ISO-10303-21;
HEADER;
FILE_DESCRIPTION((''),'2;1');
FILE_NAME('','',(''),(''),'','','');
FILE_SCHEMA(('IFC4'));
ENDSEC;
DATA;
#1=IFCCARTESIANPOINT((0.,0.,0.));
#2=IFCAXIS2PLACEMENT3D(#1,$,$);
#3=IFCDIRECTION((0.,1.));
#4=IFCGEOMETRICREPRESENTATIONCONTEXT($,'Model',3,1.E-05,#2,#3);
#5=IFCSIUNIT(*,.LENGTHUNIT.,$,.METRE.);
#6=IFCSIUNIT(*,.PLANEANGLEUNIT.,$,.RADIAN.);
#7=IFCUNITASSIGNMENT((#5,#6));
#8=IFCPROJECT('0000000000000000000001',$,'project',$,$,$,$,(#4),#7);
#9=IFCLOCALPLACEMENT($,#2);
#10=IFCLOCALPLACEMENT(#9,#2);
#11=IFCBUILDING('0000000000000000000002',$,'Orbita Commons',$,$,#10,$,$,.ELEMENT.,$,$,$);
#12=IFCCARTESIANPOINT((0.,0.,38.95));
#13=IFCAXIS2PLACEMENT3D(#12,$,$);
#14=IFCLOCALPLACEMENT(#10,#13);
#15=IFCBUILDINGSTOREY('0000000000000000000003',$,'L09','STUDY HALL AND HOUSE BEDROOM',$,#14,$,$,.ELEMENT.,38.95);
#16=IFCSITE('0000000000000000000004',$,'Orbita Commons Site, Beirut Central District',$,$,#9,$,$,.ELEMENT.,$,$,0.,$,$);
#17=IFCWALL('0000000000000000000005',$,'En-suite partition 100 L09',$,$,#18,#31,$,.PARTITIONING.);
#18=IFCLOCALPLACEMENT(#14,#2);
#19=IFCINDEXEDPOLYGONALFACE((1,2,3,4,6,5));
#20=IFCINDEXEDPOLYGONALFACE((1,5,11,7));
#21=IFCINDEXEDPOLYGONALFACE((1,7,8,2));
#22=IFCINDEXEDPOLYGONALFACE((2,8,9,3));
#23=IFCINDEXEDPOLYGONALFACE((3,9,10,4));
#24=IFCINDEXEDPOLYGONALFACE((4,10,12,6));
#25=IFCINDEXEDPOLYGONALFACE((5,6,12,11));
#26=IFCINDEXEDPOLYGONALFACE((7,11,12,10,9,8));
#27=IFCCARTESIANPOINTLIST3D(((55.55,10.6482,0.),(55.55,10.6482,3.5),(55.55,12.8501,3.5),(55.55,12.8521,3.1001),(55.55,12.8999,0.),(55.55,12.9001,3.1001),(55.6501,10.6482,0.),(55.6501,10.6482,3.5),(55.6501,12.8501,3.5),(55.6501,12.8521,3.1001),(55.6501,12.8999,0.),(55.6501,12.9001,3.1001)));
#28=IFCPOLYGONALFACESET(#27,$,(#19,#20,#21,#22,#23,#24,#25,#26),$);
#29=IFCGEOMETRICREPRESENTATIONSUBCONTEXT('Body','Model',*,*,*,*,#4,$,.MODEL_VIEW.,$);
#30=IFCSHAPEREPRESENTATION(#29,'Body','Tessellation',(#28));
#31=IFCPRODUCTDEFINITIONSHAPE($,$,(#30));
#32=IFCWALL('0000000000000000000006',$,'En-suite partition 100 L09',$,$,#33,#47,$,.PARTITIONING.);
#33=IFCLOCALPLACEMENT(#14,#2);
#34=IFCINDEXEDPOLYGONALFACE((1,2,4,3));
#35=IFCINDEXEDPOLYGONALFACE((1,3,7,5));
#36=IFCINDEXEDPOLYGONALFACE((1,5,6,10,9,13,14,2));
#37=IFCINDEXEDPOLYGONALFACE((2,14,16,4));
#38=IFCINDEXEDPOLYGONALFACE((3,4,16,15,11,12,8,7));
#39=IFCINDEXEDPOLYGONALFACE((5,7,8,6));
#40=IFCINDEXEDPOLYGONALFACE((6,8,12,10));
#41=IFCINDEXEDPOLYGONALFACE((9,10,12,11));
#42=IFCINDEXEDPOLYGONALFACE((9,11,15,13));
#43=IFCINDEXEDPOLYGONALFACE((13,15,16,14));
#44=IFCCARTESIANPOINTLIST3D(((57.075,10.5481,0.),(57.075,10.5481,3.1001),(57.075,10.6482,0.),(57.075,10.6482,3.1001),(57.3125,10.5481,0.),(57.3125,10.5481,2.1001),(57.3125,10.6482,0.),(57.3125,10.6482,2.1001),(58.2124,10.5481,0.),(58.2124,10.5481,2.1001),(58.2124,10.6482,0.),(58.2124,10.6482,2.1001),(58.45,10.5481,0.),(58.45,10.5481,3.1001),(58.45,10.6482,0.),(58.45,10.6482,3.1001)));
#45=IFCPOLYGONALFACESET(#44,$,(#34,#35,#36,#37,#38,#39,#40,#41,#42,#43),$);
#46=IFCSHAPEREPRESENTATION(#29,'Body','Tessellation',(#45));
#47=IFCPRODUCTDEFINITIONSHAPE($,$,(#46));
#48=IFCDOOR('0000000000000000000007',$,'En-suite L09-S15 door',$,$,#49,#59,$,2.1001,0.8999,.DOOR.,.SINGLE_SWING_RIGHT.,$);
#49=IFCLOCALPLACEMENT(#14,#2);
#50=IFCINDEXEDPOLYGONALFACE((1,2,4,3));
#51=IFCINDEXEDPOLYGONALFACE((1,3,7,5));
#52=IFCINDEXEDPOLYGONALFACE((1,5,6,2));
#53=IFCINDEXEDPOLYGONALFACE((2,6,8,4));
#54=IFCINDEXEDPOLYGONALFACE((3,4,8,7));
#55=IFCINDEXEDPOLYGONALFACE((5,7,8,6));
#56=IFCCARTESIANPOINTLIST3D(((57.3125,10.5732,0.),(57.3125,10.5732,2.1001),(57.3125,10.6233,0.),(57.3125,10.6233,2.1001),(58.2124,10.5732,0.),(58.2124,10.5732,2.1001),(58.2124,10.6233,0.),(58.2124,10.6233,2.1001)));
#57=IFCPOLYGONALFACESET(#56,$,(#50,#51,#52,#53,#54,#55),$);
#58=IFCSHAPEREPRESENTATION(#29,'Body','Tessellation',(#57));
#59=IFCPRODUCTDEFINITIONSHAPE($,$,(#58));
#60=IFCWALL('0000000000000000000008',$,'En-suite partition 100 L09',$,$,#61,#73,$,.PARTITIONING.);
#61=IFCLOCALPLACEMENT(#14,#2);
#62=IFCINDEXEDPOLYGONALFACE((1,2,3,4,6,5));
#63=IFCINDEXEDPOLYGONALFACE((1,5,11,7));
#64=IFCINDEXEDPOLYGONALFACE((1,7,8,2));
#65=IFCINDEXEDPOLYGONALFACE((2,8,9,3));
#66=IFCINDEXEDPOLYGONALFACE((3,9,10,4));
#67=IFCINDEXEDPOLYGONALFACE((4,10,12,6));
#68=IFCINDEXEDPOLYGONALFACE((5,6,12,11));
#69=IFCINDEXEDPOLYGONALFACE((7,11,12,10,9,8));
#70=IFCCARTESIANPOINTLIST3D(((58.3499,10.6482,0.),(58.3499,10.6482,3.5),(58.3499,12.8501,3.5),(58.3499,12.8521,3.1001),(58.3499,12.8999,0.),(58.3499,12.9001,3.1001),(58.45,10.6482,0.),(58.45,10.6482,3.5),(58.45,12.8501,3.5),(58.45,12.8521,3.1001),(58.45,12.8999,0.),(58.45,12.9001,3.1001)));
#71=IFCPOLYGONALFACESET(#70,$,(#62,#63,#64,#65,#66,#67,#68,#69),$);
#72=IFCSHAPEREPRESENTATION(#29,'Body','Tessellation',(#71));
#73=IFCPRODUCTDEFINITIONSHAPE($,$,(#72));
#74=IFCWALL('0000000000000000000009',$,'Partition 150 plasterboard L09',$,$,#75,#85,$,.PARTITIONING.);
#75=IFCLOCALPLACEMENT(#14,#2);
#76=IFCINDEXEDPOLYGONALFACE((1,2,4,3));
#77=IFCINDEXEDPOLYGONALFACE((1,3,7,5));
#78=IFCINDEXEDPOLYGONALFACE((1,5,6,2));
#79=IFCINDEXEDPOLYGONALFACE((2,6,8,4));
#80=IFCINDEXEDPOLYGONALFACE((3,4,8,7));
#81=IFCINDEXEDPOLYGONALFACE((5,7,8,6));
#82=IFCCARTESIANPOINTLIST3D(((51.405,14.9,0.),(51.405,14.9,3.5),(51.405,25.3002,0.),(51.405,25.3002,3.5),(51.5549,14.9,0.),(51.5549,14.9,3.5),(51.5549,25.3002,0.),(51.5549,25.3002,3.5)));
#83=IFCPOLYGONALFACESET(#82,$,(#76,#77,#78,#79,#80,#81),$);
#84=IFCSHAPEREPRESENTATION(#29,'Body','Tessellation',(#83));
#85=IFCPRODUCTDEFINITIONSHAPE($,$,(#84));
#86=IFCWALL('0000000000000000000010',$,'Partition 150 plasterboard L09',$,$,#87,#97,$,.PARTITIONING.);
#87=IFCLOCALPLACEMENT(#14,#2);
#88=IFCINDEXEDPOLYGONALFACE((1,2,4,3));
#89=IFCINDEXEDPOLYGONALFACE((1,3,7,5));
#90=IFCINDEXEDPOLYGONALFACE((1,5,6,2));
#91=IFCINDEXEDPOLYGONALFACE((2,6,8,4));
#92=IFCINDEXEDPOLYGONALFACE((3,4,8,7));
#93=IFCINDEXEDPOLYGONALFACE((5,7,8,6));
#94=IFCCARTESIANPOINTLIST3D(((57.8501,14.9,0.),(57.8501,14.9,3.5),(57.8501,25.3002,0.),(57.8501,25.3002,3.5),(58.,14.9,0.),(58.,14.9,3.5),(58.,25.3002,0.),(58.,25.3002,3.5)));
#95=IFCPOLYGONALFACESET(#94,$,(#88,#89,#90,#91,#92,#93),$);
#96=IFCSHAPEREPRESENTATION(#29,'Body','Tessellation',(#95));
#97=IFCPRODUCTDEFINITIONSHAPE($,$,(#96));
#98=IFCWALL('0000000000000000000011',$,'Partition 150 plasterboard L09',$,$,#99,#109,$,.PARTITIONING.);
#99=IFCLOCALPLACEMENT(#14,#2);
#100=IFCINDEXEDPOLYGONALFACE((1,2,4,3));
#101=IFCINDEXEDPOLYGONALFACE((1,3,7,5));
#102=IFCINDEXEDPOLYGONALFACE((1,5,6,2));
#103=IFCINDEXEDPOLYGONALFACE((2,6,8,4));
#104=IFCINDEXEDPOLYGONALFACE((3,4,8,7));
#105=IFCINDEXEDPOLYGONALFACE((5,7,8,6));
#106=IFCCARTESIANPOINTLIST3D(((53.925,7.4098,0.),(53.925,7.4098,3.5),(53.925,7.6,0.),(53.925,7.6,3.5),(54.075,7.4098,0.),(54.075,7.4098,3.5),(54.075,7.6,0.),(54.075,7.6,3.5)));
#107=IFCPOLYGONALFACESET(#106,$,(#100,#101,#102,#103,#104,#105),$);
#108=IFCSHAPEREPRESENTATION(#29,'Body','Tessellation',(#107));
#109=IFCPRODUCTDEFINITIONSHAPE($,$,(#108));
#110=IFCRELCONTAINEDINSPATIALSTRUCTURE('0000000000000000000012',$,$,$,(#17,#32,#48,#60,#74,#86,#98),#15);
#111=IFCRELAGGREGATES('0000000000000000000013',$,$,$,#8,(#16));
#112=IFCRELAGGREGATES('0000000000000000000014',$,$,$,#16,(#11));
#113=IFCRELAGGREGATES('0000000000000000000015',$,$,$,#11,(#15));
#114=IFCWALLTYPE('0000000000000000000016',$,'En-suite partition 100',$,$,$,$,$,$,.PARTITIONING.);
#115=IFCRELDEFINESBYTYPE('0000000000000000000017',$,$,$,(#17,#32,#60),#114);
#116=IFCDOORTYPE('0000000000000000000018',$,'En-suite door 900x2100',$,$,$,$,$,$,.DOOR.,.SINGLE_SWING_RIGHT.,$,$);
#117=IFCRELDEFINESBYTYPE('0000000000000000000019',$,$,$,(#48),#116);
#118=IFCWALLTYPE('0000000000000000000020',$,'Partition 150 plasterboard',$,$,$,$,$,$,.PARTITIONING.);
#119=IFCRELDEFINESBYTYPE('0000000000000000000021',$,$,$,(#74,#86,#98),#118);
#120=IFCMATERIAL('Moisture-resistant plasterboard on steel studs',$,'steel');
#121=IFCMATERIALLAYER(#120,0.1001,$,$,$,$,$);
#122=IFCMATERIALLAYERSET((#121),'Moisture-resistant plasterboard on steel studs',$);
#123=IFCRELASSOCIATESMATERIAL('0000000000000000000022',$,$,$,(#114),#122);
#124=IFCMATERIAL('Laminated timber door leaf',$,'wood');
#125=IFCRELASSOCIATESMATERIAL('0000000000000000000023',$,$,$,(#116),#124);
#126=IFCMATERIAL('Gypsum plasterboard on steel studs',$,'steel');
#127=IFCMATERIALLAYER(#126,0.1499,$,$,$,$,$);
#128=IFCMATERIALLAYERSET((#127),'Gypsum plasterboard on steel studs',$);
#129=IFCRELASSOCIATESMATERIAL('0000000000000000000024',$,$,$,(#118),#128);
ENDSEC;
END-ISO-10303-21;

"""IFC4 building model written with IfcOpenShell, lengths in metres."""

from ifc_helpers import new_model, si_unit, direction, frame, frame_2d, origin, place, context, subcontext, project, spatial, polyline, rectangle, outline, extrude, material, layer, layer_set, type_object, element, fill, save


model = new_model("IFC4")

# Units and contexts
model_context = context("Model", 3, precision=1e-05, world=origin(), true_north=direction((0.0, 1.0)))
body_context = subcontext(model_context, "Body", "Model", "MODEL_VIEW")
ifc_project = project(units=[si_unit("LENGTHUNIT", "METRE"), si_unit("PLANEANGLEUNIT", "RADIAN")], contexts=[model_context])

# Site, building, storey
site_placement = place(None, origin())
site = spatial("IfcSite", under=ifc_project, at=site_placement, Name="Orbita Commons Site, Beirut Central District", CompositionType="ELEMENT", RefElevation=0.0)
building_placement = place(site_placement, origin())
building = spatial("IfcBuilding", under=site, at=building_placement, Name="Orbita Commons", CompositionType="ELEMENT")
storey_placement = place(building_placement, frame((0.0, 0.0, 38.95)))
storey = spatial("IfcBuildingStorey", under=building, at=storey_placement, Name="L09", Description="STUDY HALL AND HOUSE BEDROOM", CompositionType="ELEMENT", Elevation=38.95)

# Shared definitions
ifc_material_1 = material(Name="Moisture-resistant plasterboard on steel studs", Category="steel")
ifc_layer_1 = layer(ifc_material_1, 0.1001)
ifc_layer_set_1 = layer_set([ifc_layer_1], Name="Moisture-resistant plasterboard on steel studs")
wall_type_1 = type_object("IfcWallType", Name="En-suite partition 100", PredefinedType="PARTITIONING", material=ifc_layer_set_1)
ifc_material_2 = material(Name="Laminated timber door leaf", Category="wood")
door_type_1 = type_object("IfcDoorType", Name="En-suite door 900x2100", OperationType="SINGLE_SWING_RIGHT", PredefinedType="DOOR", material=ifc_material_2)

# Wall
wall_1_placement = place(storey_placement, frame((55.6001, 10.6482, 0.0), z_axis=(0.0, 0.0, 1.0), x_axis=(0.0, 1.0, 0.0)))
element("IfcWall", 1, at=wall_1_placement, inside=storey, type_object=wall_type_1, Name="En-suite partition 100 L09", PredefinedType="PARTITIONING", context=body_context, shape_type="SweptSolid", body=[
    extrude(outline(polyline([(0.0, 0.0), (2.2517, 0.0), (2.252, 3.1001), (2.2039, 3.1001), (2.2019, 3.5), (0.0, 3.5), (0.0, 0.0)])), frame((0.0, 0.05, 0.0), z_axis=(0.0, -1.0, 0.0), x_axis=(1.0, 0.0, 0.0)), (0.0, 0.0, 1.0), 0.1001),
])

# Wall, opening, door
wall_2_placement = place(storey_placement, frame((58.45, 10.5981, 0.0), z_axis=(0.0, 0.0, 1.0), x_axis=(-1.0, 0.0, 0.0)))
wall_2 = element("IfcWall", 2, at=wall_2_placement, inside=storey, type_object=wall_type_1, Name="En-suite partition 100 L09", PredefinedType="PARTITIONING", context=body_context, shape_type="SweptSolid", body=[
    extrude(outline(polyline([(0.0, 0.0), (1.375, 0.0), (1.375, 3.1001), (0.0, 3.1001), (0.0, 0.0)])), frame((0.0, 0.05, 0.0), z_axis=(0.0, -1.0, 0.0), x_axis=(1.0, 0.0, 0.0)), (0.0, 0.0, 1.0), 0.1001),
])
opening_1_placement = place(wall_2_placement, frame((0.2375, 0.0, 0.0)))
opening_1 = element("IfcOpeningElement", 3, at=opening_1_placement, cuts=wall_2, PredefinedType="OPENING", context=body_context, shape_type="SweptSolid", body=[
    extrude(rectangle(XDim=0.8999, YDim=2.1001, at=frame_2d((0.45, 1.05))), frame((0.0, 0.0601, 0.0), z_axis=(0.0, -1.0, 0.0), x_axis=(1.0, 0.0, 0.0)), (0.0, 0.0, 1.0), 0.1201),
])
door_1_placement = place(opening_1_placement, origin())
door_1 = element("IfcDoor", 4, at=door_1_placement, inside=storey, type_object=door_type_1, Name="En-suite L09-S15 door", OperationType="SINGLE_SWING_RIGHT", OverallHeight=2.1001, OverallWidth=0.8999, PredefinedType="DOOR", context=body_context, shape_type="SweptSolid", body=[
    extrude(rectangle(XDim=0.8999, YDim=2.1001, at=frame_2d((0.45, 1.05))), frame((0.0, 0.0249, 0.0), z_axis=(0.0, -1.0, 0.0), x_axis=(1.0, 0.0, 0.0)), (0.0, 0.0, 1.0), 0.05),
])
fill(opening_1, door_1)

# Walls
wall_3_placement = place(storey_placement, frame((58.3999, 10.6482, 0.0), z_axis=(0.0, 0.0, 1.0), x_axis=(0.0, 1.0, 0.0)))
element("IfcWall", 5, at=wall_3_placement, inside=storey, type_object=wall_type_1, Name="En-suite partition 100 L09", PredefinedType="PARTITIONING", context=body_context, shape_type="SweptSolid", body=[
    extrude(outline(polyline([(0.0, 0.0), (2.2517, 0.0), (2.252, 3.1001), (2.2039, 3.1001), (2.2019, 3.5), (0.0, 3.5), (0.0, 0.0)])), frame((0.0, 0.05, 0.0), z_axis=(0.0, -1.0, 0.0), x_axis=(1.0, 0.0, 0.0)), (0.0, 0.0, 1.0), 0.1001),
])
ifc_material_3 = material(Name="Gypsum plasterboard on steel studs", Category="steel")
ifc_layer_2 = layer(ifc_material_3, 0.1499)
ifc_layer_set_2 = layer_set([ifc_layer_2], Name="Gypsum plasterboard on steel studs")
wall_type_2 = type_object("IfcWallType", Name="Partition 150 plasterboard", PredefinedType="PARTITIONING", material=ifc_layer_set_2)
for number, where, z_axis, x_axis, name in (
    (6, (51.48, 14.8999, 0.0), (0.0, 0.0, 1.0), (0.0, 1.0, 0.0), "Partition 150 plasterboard L09"),
    (7, (57.925, 14.8999, 0.0), (0.0, 0.0, 1.0), (0.0, 1.0, 0.0), "Partition 150 plasterboard L09"),
):
    element("IfcWall", number, at=place(storey_placement, frame(where, z_axis=z_axis, x_axis=x_axis)), inside=storey, type_object=wall_type_2, Name=name, PredefinedType="PARTITIONING", context=body_context, shape_type="SweptSolid", body=[
        extrude(rectangle(XDim=10.4001, YDim=0.1499, at=frame_2d((5.2002, 0.0))), origin(), (0.0, 0.0, 1.0), 3.5),
    ])
wall_4_placement = place(storey_placement, frame((54.0, 7.6001, 0.0), z_axis=(0.0, 0.0, 1.0), x_axis=(0.0, -1.0, 0.0)))
element("IfcWall", 8, at=wall_4_placement, inside=storey, type_object=wall_type_2, Name="Partition 150 plasterboard L09", PredefinedType="PARTITIONING", context=body_context, shape_type="SweptSolid", body=[
    extrude(rectangle(XDim=0.1902, YDim=0.1499, at=frame_2d((0.0952, 0.0))), origin(), (0.0, 0.0, 1.0), 3.5),
])

save(model, "model.ifc")
